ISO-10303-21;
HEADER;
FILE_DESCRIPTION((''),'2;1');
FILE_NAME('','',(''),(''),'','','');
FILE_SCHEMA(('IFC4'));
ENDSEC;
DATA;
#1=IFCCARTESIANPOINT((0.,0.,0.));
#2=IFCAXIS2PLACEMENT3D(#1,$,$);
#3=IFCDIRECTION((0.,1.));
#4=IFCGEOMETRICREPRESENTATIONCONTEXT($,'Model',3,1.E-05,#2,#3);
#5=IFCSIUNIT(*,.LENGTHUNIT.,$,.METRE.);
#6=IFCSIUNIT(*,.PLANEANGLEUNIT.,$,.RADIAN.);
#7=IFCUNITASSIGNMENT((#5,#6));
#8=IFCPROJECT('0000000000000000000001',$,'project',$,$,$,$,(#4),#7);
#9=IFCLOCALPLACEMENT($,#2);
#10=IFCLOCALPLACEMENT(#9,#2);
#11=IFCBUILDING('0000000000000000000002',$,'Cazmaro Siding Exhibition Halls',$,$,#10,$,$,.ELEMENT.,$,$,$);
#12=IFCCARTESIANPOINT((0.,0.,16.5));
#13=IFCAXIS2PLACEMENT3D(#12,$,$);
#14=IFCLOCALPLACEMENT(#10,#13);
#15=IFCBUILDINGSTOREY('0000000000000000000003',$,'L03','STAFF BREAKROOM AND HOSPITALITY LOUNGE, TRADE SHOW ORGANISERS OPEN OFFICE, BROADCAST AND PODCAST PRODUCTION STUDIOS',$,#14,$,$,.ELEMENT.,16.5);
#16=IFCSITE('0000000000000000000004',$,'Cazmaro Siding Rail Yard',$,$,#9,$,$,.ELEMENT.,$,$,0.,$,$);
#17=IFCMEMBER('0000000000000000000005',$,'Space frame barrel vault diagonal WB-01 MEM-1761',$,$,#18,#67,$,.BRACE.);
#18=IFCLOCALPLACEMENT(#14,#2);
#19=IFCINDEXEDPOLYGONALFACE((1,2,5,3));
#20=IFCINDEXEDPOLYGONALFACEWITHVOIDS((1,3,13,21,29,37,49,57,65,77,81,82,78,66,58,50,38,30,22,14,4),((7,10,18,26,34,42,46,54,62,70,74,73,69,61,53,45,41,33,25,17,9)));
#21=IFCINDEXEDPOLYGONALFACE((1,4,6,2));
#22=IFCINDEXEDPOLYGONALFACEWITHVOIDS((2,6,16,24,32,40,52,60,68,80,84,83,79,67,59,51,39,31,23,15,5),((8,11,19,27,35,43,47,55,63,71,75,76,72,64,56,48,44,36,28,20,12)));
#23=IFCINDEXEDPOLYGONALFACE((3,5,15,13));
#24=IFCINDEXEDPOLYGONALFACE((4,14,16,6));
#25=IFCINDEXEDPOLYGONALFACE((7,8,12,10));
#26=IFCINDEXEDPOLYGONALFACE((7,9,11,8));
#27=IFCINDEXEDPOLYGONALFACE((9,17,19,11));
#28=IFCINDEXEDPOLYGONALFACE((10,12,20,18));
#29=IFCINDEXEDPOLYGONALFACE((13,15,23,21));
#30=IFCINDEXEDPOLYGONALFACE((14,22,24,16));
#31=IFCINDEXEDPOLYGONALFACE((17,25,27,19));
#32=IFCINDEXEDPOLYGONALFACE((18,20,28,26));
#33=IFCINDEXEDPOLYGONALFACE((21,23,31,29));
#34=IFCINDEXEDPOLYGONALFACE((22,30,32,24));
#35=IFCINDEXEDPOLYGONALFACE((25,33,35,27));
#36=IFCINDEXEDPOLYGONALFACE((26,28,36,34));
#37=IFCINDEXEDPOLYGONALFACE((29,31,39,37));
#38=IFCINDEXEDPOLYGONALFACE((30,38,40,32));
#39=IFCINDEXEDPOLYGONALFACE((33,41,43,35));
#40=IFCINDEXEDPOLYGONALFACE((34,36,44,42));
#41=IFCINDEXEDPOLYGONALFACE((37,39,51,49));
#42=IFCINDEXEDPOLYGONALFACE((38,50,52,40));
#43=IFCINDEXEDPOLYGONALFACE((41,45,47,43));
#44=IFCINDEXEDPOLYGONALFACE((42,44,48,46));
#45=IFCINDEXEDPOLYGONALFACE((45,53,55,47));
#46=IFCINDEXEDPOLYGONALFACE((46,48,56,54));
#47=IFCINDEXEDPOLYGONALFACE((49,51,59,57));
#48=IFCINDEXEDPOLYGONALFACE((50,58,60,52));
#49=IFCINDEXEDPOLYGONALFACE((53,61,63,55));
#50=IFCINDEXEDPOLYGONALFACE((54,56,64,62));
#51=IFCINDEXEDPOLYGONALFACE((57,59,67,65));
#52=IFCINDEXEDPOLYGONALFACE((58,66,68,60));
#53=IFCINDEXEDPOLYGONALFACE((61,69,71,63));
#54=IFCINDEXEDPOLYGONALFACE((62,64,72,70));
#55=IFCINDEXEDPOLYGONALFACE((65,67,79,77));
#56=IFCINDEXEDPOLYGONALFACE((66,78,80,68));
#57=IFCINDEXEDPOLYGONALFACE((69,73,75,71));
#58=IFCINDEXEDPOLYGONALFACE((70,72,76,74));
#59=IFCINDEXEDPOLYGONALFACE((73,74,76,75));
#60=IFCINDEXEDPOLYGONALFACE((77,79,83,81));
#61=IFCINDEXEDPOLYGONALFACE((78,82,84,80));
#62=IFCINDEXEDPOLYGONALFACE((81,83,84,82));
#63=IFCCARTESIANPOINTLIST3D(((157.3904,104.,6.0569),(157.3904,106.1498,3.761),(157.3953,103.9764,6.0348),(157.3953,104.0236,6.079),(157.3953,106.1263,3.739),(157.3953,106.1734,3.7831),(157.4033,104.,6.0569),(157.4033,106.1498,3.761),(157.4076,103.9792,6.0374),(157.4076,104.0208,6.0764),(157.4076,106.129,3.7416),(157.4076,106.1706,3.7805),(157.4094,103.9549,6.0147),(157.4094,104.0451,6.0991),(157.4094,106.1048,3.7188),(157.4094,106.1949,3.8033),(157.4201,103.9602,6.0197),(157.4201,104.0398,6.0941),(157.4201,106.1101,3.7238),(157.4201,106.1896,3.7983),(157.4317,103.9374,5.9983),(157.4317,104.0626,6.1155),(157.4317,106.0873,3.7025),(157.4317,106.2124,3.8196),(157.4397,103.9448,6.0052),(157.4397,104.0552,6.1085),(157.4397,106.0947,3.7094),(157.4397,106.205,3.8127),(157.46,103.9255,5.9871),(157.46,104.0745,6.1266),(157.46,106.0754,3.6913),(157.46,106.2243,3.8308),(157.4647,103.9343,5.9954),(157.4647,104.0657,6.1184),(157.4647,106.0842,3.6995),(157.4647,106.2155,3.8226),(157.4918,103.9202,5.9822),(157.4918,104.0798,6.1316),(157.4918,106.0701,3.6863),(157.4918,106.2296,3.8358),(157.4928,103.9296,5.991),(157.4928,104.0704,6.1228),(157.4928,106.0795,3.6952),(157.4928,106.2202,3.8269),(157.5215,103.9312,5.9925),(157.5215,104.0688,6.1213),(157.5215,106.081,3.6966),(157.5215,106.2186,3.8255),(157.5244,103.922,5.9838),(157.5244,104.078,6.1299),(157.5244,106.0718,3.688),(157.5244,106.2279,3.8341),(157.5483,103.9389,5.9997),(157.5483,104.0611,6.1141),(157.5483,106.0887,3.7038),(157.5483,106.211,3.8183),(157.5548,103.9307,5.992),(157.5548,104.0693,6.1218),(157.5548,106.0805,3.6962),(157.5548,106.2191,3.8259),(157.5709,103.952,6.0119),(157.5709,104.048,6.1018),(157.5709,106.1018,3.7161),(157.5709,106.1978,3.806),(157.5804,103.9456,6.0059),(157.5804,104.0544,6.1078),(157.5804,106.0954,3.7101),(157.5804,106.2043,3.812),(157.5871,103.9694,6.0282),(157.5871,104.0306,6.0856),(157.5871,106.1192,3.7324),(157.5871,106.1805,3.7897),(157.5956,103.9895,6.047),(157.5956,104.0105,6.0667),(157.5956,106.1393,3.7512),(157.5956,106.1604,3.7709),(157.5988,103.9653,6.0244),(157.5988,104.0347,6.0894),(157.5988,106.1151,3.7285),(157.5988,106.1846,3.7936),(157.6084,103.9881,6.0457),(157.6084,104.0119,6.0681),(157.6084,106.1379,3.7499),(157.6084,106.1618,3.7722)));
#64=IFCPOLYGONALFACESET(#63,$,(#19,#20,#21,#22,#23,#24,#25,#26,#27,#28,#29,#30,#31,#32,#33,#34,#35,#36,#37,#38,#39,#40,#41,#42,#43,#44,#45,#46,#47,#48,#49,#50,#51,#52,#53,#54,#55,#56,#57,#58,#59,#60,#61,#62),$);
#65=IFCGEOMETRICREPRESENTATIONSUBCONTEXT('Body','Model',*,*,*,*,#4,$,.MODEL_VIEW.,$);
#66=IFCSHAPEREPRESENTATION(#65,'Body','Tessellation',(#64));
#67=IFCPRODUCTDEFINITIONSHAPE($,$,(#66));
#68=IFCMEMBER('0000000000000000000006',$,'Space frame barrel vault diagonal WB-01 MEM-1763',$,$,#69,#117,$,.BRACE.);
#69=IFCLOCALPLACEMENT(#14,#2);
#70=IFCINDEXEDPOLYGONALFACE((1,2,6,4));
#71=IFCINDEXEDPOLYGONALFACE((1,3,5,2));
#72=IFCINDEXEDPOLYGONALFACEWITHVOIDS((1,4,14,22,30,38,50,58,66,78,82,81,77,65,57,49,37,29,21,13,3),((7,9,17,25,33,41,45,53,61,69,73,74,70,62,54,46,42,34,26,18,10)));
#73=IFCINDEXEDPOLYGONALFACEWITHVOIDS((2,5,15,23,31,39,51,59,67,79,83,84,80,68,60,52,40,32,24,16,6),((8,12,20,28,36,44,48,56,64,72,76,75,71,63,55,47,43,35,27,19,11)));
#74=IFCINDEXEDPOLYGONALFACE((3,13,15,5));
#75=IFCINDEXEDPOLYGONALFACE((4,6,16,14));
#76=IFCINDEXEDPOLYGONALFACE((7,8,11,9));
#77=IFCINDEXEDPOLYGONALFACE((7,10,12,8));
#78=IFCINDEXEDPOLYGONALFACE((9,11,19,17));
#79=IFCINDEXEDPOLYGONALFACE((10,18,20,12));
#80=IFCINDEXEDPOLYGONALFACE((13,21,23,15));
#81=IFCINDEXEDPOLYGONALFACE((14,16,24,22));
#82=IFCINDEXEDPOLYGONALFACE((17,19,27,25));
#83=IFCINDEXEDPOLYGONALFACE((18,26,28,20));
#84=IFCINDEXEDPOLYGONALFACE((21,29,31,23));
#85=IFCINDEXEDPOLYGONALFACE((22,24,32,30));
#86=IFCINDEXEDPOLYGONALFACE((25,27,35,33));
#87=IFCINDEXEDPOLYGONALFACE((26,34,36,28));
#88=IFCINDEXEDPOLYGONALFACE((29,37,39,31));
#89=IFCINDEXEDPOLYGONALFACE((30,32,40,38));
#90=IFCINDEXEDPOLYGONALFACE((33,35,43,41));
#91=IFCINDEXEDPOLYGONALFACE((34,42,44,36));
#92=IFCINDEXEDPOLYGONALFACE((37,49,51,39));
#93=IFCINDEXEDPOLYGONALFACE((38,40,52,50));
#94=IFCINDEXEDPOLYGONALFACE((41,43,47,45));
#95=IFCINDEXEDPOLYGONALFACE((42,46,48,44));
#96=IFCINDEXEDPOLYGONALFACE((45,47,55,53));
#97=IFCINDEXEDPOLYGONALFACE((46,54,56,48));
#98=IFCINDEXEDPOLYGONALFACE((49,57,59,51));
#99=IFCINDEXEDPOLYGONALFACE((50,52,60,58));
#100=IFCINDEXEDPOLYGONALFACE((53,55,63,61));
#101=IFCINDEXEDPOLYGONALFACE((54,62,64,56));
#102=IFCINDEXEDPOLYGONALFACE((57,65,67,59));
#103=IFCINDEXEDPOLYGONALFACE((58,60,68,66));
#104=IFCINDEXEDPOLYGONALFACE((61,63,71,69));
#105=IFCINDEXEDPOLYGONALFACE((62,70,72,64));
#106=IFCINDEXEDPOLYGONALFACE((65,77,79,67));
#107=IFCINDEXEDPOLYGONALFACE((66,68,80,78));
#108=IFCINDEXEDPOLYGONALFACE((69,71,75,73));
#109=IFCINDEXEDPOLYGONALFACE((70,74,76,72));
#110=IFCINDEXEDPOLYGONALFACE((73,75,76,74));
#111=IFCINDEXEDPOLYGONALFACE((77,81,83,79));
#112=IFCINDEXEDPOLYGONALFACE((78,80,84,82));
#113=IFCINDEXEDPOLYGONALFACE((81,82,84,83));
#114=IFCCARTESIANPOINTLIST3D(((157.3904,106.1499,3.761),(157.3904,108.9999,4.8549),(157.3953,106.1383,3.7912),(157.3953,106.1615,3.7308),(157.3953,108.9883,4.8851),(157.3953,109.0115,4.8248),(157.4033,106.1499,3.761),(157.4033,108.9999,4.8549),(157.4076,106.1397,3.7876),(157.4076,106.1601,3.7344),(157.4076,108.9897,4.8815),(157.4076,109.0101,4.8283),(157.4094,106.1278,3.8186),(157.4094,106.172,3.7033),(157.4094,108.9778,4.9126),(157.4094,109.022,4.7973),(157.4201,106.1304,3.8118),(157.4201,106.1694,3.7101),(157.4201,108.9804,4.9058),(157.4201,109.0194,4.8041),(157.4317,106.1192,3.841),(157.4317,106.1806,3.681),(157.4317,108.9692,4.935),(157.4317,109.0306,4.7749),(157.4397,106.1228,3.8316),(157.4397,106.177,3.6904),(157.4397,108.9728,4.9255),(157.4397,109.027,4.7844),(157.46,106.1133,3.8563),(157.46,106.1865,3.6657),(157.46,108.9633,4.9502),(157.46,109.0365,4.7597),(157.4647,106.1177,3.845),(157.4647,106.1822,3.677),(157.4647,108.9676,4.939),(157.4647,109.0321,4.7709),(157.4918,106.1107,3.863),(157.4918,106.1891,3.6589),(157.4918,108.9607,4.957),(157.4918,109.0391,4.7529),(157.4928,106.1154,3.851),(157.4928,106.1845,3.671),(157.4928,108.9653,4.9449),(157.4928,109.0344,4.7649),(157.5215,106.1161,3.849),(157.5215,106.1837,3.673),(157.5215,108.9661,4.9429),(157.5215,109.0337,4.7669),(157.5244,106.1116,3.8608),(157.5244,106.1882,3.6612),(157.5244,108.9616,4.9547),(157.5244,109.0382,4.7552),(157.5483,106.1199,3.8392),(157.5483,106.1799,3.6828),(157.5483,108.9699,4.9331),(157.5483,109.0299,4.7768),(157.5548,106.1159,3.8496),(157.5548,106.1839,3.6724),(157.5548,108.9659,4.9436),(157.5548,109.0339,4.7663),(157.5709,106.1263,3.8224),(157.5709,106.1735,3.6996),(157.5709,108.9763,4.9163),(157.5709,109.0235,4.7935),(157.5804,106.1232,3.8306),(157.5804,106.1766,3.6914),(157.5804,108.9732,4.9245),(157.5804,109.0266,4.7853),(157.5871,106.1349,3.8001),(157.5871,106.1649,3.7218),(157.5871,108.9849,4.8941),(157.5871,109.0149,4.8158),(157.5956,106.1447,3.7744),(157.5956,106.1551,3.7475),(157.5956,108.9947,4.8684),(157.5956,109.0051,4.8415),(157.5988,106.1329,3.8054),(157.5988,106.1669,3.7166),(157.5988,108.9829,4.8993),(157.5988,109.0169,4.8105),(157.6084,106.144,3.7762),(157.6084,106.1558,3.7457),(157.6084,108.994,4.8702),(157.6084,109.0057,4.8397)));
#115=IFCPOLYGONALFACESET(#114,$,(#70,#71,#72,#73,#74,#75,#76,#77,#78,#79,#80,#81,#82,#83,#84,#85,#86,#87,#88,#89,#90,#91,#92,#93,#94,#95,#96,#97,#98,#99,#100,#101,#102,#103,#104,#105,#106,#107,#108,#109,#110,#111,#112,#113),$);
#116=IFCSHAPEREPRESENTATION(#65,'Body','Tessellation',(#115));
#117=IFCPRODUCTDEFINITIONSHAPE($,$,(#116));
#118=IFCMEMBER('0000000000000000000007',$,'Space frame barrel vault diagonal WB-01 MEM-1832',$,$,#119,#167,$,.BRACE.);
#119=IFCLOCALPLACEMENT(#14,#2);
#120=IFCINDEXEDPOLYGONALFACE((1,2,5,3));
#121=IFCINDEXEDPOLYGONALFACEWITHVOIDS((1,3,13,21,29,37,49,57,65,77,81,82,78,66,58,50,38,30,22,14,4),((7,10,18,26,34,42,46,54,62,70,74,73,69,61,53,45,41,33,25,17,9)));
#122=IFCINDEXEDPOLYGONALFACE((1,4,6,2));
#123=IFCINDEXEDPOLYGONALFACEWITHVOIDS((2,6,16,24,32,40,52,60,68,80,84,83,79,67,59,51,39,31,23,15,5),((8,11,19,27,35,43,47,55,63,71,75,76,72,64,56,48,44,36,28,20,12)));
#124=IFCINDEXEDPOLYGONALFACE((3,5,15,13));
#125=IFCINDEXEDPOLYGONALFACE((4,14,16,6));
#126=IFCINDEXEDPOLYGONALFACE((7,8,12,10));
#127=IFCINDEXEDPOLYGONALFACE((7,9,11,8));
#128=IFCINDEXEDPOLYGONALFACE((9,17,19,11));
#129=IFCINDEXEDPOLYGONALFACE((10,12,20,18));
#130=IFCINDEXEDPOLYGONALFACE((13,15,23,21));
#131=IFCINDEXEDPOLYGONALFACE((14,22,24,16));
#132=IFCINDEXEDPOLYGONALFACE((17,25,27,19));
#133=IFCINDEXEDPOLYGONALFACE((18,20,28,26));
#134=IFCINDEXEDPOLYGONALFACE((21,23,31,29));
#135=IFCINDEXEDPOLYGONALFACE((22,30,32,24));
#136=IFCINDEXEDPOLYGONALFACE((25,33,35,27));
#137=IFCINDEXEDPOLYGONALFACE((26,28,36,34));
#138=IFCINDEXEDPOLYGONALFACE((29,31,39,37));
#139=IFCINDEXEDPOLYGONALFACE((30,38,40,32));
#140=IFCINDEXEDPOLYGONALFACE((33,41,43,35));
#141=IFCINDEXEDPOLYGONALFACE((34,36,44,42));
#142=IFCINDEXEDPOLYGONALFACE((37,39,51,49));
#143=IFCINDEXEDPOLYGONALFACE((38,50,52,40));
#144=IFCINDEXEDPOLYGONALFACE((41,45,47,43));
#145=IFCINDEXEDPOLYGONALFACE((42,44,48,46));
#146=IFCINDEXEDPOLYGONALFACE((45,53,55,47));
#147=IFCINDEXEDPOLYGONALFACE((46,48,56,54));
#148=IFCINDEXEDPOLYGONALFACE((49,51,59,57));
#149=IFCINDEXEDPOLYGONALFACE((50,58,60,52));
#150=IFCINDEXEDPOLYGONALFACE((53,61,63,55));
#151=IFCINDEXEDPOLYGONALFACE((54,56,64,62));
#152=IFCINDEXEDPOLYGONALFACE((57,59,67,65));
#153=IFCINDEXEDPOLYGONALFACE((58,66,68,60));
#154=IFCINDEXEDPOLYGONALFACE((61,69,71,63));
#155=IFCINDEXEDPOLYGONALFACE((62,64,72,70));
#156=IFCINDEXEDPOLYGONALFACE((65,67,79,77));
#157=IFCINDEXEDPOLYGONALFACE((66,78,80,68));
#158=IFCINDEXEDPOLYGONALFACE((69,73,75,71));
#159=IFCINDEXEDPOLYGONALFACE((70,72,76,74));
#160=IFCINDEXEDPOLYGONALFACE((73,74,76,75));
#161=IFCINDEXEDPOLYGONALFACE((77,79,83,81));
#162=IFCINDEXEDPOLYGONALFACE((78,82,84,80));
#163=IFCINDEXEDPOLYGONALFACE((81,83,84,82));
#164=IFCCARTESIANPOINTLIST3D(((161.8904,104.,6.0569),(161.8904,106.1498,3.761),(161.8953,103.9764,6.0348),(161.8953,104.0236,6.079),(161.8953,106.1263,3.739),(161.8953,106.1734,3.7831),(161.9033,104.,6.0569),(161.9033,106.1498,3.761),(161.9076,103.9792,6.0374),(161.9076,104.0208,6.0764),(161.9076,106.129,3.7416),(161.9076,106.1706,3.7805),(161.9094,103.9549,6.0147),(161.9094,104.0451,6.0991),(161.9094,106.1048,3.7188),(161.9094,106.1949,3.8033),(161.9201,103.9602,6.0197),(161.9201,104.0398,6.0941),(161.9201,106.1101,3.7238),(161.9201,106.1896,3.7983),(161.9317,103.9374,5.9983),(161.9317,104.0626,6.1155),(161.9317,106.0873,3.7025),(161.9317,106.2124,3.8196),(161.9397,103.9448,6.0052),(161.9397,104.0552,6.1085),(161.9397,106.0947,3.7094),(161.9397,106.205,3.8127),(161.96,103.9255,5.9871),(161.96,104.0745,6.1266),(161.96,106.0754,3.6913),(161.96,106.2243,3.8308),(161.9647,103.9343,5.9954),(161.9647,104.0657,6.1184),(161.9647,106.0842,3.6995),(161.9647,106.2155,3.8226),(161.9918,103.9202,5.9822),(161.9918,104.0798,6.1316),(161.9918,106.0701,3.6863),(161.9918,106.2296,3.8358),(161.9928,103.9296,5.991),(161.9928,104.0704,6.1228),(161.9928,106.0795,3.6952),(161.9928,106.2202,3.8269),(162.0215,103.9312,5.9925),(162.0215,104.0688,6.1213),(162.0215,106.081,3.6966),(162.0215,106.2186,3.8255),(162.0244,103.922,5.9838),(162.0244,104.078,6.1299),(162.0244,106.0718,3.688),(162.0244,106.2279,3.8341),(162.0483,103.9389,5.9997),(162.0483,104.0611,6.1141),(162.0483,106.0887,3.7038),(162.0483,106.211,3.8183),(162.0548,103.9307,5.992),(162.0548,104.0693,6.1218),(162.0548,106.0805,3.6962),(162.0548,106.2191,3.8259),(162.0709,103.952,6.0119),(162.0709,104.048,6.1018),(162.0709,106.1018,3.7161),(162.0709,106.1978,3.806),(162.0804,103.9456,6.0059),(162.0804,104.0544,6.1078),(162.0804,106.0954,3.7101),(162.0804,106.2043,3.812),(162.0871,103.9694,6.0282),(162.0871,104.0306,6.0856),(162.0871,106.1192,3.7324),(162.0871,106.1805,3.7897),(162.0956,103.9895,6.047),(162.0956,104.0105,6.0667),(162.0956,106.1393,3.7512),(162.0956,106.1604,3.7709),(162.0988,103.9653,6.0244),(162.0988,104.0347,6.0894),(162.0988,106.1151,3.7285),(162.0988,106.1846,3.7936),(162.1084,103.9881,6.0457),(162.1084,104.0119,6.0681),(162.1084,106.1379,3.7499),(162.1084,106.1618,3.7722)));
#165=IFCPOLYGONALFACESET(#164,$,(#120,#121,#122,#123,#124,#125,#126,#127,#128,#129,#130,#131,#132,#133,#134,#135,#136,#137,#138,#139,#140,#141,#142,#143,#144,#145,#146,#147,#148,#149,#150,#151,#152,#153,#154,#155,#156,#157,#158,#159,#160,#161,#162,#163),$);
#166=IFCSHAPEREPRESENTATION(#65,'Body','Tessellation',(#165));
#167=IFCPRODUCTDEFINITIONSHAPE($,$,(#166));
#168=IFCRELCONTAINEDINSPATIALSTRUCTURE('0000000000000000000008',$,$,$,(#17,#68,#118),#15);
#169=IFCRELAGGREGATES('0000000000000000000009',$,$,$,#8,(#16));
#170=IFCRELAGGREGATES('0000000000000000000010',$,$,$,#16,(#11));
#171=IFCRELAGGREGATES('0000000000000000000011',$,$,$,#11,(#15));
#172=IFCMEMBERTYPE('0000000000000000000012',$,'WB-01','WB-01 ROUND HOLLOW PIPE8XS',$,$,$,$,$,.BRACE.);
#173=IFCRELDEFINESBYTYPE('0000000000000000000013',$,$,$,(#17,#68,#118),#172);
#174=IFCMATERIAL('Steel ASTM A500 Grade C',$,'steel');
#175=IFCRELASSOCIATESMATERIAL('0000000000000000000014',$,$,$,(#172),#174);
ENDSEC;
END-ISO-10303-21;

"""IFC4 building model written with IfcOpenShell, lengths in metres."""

from ifc_helpers import new_model, si_unit, direction, frame, origin, origin_2d, place, context, subcontext, project, spatial, hollow_circle, extrude, material, material_profile, profile_set, type_object, element, save


model = new_model("IFC4")

# Units and contexts
model_context = context("Model", 3, precision=1e-05, world=origin(), true_north=direction((0.0, 1.0)))
body_context = subcontext(model_context, "Body", "Model", "MODEL_VIEW")
ifc_project = project(units=[si_unit("LENGTHUNIT", "METRE"), si_unit("PLANEANGLEUNIT", "RADIAN")], contexts=[model_context])

# Site, building, storey
site_placement = place(None, origin())
site = spatial("IfcSite", under=ifc_project, at=site_placement, Name="Cazmaro Siding Rail Yard", CompositionType="ELEMENT", RefElevation=0.0)
building_placement = place(site_placement, origin())
building = spatial("IfcBuilding", under=site, at=building_placement, Name="Cazmaro Siding Exhibition Halls", CompositionType="ELEMENT")
storey_placement = place(building_placement, frame((0.0, 0.0, 16.5)))
storey = spatial("IfcBuildingStorey", under=building, at=storey_placement, Name="L03", Description="STAFF BREAKROOM AND HOSPITALITY LOUNGE, TRADE SHOW ORGANISERS OPEN OFFICE, BROADCAST AND PODCAST PRODUCTION STUDIOS", CompositionType="ELEMENT", Elevation=16.5)

# Members
ifc_material_1 = material(Name="Steel ASTM A500 Grade C", Category="steel")
ifc_material_profile_1 = material_profile(ifc_material_1, hollow_circle(Radius=0.1096, WallThickness=0.0129, at=origin_2d()), Name="PIPE8XS")
ifc_profile_set_1 = profile_set([ifc_material_profile_1], Name="Steel ASTM A500 Grade C")
member_type_1 = type_object("IfcMemberType", Name="WB-01", Description="WB-01 ROUND HOLLOW PIPE8XS", PredefinedType="BRACE", material=ifc_profile_set_1)
member_1_placement = place(storey_placement, frame((157.5, 104.0, 6.0569), z_axis=(0.0, 0.683518, -0.729934), x_axis=(-1.0, 0.0, 0.0)))
element("IfcMember", 1, at=member_1_placement, inside=storey, type_object=member_type_1, Name="Space frame barrel vault diagonal WB-01 MEM-1761", PredefinedType="BRACE", context=body_context, shape_type="SweptSolid", body=[
    extrude(hollow_circle(Radius=0.1096, WallThickness=0.0129, at=origin_2d()), origin(), (0.0, 0.0, 1.0), 3.1453),
])
member_2_placement = place(storey_placement, frame((157.5, 106.1499, 3.761), z_axis=(0.0, 0.933587, 0.358352), x_axis=(-1.0, 0.0, 0.0)))
element("IfcMember", 2, at=member_2_placement, inside=storey, type_object=member_type_1, Name="Space frame barrel vault diagonal WB-01 MEM-1763", PredefinedType="BRACE", context=body_context, shape_type="SweptSolid", body=[
    extrude(hollow_circle(Radius=0.1096, WallThickness=0.0129, at=origin_2d()), origin(), (0.0, 0.0, 1.0), 3.0527),
])
member_3_placement = place(storey_placement, frame((162.0, 104.0, 6.0569), z_axis=(0.0, 0.683518, -0.729934), x_axis=(-1.0, 0.0, 0.0)))
element("IfcMember", 3, at=member_3_placement, inside=storey, type_object=member_type_1, Name="Space frame barrel vault diagonal WB-01 MEM-1832", PredefinedType="BRACE", context=body_context, shape_type="SweptSolid", body=[
    extrude(hollow_circle(Radius=0.1096, WallThickness=0.0129, at=origin_2d()), origin(), (0.0, 0.0, 1.0), 3.1453),
])

save(model, "model.ifc")
